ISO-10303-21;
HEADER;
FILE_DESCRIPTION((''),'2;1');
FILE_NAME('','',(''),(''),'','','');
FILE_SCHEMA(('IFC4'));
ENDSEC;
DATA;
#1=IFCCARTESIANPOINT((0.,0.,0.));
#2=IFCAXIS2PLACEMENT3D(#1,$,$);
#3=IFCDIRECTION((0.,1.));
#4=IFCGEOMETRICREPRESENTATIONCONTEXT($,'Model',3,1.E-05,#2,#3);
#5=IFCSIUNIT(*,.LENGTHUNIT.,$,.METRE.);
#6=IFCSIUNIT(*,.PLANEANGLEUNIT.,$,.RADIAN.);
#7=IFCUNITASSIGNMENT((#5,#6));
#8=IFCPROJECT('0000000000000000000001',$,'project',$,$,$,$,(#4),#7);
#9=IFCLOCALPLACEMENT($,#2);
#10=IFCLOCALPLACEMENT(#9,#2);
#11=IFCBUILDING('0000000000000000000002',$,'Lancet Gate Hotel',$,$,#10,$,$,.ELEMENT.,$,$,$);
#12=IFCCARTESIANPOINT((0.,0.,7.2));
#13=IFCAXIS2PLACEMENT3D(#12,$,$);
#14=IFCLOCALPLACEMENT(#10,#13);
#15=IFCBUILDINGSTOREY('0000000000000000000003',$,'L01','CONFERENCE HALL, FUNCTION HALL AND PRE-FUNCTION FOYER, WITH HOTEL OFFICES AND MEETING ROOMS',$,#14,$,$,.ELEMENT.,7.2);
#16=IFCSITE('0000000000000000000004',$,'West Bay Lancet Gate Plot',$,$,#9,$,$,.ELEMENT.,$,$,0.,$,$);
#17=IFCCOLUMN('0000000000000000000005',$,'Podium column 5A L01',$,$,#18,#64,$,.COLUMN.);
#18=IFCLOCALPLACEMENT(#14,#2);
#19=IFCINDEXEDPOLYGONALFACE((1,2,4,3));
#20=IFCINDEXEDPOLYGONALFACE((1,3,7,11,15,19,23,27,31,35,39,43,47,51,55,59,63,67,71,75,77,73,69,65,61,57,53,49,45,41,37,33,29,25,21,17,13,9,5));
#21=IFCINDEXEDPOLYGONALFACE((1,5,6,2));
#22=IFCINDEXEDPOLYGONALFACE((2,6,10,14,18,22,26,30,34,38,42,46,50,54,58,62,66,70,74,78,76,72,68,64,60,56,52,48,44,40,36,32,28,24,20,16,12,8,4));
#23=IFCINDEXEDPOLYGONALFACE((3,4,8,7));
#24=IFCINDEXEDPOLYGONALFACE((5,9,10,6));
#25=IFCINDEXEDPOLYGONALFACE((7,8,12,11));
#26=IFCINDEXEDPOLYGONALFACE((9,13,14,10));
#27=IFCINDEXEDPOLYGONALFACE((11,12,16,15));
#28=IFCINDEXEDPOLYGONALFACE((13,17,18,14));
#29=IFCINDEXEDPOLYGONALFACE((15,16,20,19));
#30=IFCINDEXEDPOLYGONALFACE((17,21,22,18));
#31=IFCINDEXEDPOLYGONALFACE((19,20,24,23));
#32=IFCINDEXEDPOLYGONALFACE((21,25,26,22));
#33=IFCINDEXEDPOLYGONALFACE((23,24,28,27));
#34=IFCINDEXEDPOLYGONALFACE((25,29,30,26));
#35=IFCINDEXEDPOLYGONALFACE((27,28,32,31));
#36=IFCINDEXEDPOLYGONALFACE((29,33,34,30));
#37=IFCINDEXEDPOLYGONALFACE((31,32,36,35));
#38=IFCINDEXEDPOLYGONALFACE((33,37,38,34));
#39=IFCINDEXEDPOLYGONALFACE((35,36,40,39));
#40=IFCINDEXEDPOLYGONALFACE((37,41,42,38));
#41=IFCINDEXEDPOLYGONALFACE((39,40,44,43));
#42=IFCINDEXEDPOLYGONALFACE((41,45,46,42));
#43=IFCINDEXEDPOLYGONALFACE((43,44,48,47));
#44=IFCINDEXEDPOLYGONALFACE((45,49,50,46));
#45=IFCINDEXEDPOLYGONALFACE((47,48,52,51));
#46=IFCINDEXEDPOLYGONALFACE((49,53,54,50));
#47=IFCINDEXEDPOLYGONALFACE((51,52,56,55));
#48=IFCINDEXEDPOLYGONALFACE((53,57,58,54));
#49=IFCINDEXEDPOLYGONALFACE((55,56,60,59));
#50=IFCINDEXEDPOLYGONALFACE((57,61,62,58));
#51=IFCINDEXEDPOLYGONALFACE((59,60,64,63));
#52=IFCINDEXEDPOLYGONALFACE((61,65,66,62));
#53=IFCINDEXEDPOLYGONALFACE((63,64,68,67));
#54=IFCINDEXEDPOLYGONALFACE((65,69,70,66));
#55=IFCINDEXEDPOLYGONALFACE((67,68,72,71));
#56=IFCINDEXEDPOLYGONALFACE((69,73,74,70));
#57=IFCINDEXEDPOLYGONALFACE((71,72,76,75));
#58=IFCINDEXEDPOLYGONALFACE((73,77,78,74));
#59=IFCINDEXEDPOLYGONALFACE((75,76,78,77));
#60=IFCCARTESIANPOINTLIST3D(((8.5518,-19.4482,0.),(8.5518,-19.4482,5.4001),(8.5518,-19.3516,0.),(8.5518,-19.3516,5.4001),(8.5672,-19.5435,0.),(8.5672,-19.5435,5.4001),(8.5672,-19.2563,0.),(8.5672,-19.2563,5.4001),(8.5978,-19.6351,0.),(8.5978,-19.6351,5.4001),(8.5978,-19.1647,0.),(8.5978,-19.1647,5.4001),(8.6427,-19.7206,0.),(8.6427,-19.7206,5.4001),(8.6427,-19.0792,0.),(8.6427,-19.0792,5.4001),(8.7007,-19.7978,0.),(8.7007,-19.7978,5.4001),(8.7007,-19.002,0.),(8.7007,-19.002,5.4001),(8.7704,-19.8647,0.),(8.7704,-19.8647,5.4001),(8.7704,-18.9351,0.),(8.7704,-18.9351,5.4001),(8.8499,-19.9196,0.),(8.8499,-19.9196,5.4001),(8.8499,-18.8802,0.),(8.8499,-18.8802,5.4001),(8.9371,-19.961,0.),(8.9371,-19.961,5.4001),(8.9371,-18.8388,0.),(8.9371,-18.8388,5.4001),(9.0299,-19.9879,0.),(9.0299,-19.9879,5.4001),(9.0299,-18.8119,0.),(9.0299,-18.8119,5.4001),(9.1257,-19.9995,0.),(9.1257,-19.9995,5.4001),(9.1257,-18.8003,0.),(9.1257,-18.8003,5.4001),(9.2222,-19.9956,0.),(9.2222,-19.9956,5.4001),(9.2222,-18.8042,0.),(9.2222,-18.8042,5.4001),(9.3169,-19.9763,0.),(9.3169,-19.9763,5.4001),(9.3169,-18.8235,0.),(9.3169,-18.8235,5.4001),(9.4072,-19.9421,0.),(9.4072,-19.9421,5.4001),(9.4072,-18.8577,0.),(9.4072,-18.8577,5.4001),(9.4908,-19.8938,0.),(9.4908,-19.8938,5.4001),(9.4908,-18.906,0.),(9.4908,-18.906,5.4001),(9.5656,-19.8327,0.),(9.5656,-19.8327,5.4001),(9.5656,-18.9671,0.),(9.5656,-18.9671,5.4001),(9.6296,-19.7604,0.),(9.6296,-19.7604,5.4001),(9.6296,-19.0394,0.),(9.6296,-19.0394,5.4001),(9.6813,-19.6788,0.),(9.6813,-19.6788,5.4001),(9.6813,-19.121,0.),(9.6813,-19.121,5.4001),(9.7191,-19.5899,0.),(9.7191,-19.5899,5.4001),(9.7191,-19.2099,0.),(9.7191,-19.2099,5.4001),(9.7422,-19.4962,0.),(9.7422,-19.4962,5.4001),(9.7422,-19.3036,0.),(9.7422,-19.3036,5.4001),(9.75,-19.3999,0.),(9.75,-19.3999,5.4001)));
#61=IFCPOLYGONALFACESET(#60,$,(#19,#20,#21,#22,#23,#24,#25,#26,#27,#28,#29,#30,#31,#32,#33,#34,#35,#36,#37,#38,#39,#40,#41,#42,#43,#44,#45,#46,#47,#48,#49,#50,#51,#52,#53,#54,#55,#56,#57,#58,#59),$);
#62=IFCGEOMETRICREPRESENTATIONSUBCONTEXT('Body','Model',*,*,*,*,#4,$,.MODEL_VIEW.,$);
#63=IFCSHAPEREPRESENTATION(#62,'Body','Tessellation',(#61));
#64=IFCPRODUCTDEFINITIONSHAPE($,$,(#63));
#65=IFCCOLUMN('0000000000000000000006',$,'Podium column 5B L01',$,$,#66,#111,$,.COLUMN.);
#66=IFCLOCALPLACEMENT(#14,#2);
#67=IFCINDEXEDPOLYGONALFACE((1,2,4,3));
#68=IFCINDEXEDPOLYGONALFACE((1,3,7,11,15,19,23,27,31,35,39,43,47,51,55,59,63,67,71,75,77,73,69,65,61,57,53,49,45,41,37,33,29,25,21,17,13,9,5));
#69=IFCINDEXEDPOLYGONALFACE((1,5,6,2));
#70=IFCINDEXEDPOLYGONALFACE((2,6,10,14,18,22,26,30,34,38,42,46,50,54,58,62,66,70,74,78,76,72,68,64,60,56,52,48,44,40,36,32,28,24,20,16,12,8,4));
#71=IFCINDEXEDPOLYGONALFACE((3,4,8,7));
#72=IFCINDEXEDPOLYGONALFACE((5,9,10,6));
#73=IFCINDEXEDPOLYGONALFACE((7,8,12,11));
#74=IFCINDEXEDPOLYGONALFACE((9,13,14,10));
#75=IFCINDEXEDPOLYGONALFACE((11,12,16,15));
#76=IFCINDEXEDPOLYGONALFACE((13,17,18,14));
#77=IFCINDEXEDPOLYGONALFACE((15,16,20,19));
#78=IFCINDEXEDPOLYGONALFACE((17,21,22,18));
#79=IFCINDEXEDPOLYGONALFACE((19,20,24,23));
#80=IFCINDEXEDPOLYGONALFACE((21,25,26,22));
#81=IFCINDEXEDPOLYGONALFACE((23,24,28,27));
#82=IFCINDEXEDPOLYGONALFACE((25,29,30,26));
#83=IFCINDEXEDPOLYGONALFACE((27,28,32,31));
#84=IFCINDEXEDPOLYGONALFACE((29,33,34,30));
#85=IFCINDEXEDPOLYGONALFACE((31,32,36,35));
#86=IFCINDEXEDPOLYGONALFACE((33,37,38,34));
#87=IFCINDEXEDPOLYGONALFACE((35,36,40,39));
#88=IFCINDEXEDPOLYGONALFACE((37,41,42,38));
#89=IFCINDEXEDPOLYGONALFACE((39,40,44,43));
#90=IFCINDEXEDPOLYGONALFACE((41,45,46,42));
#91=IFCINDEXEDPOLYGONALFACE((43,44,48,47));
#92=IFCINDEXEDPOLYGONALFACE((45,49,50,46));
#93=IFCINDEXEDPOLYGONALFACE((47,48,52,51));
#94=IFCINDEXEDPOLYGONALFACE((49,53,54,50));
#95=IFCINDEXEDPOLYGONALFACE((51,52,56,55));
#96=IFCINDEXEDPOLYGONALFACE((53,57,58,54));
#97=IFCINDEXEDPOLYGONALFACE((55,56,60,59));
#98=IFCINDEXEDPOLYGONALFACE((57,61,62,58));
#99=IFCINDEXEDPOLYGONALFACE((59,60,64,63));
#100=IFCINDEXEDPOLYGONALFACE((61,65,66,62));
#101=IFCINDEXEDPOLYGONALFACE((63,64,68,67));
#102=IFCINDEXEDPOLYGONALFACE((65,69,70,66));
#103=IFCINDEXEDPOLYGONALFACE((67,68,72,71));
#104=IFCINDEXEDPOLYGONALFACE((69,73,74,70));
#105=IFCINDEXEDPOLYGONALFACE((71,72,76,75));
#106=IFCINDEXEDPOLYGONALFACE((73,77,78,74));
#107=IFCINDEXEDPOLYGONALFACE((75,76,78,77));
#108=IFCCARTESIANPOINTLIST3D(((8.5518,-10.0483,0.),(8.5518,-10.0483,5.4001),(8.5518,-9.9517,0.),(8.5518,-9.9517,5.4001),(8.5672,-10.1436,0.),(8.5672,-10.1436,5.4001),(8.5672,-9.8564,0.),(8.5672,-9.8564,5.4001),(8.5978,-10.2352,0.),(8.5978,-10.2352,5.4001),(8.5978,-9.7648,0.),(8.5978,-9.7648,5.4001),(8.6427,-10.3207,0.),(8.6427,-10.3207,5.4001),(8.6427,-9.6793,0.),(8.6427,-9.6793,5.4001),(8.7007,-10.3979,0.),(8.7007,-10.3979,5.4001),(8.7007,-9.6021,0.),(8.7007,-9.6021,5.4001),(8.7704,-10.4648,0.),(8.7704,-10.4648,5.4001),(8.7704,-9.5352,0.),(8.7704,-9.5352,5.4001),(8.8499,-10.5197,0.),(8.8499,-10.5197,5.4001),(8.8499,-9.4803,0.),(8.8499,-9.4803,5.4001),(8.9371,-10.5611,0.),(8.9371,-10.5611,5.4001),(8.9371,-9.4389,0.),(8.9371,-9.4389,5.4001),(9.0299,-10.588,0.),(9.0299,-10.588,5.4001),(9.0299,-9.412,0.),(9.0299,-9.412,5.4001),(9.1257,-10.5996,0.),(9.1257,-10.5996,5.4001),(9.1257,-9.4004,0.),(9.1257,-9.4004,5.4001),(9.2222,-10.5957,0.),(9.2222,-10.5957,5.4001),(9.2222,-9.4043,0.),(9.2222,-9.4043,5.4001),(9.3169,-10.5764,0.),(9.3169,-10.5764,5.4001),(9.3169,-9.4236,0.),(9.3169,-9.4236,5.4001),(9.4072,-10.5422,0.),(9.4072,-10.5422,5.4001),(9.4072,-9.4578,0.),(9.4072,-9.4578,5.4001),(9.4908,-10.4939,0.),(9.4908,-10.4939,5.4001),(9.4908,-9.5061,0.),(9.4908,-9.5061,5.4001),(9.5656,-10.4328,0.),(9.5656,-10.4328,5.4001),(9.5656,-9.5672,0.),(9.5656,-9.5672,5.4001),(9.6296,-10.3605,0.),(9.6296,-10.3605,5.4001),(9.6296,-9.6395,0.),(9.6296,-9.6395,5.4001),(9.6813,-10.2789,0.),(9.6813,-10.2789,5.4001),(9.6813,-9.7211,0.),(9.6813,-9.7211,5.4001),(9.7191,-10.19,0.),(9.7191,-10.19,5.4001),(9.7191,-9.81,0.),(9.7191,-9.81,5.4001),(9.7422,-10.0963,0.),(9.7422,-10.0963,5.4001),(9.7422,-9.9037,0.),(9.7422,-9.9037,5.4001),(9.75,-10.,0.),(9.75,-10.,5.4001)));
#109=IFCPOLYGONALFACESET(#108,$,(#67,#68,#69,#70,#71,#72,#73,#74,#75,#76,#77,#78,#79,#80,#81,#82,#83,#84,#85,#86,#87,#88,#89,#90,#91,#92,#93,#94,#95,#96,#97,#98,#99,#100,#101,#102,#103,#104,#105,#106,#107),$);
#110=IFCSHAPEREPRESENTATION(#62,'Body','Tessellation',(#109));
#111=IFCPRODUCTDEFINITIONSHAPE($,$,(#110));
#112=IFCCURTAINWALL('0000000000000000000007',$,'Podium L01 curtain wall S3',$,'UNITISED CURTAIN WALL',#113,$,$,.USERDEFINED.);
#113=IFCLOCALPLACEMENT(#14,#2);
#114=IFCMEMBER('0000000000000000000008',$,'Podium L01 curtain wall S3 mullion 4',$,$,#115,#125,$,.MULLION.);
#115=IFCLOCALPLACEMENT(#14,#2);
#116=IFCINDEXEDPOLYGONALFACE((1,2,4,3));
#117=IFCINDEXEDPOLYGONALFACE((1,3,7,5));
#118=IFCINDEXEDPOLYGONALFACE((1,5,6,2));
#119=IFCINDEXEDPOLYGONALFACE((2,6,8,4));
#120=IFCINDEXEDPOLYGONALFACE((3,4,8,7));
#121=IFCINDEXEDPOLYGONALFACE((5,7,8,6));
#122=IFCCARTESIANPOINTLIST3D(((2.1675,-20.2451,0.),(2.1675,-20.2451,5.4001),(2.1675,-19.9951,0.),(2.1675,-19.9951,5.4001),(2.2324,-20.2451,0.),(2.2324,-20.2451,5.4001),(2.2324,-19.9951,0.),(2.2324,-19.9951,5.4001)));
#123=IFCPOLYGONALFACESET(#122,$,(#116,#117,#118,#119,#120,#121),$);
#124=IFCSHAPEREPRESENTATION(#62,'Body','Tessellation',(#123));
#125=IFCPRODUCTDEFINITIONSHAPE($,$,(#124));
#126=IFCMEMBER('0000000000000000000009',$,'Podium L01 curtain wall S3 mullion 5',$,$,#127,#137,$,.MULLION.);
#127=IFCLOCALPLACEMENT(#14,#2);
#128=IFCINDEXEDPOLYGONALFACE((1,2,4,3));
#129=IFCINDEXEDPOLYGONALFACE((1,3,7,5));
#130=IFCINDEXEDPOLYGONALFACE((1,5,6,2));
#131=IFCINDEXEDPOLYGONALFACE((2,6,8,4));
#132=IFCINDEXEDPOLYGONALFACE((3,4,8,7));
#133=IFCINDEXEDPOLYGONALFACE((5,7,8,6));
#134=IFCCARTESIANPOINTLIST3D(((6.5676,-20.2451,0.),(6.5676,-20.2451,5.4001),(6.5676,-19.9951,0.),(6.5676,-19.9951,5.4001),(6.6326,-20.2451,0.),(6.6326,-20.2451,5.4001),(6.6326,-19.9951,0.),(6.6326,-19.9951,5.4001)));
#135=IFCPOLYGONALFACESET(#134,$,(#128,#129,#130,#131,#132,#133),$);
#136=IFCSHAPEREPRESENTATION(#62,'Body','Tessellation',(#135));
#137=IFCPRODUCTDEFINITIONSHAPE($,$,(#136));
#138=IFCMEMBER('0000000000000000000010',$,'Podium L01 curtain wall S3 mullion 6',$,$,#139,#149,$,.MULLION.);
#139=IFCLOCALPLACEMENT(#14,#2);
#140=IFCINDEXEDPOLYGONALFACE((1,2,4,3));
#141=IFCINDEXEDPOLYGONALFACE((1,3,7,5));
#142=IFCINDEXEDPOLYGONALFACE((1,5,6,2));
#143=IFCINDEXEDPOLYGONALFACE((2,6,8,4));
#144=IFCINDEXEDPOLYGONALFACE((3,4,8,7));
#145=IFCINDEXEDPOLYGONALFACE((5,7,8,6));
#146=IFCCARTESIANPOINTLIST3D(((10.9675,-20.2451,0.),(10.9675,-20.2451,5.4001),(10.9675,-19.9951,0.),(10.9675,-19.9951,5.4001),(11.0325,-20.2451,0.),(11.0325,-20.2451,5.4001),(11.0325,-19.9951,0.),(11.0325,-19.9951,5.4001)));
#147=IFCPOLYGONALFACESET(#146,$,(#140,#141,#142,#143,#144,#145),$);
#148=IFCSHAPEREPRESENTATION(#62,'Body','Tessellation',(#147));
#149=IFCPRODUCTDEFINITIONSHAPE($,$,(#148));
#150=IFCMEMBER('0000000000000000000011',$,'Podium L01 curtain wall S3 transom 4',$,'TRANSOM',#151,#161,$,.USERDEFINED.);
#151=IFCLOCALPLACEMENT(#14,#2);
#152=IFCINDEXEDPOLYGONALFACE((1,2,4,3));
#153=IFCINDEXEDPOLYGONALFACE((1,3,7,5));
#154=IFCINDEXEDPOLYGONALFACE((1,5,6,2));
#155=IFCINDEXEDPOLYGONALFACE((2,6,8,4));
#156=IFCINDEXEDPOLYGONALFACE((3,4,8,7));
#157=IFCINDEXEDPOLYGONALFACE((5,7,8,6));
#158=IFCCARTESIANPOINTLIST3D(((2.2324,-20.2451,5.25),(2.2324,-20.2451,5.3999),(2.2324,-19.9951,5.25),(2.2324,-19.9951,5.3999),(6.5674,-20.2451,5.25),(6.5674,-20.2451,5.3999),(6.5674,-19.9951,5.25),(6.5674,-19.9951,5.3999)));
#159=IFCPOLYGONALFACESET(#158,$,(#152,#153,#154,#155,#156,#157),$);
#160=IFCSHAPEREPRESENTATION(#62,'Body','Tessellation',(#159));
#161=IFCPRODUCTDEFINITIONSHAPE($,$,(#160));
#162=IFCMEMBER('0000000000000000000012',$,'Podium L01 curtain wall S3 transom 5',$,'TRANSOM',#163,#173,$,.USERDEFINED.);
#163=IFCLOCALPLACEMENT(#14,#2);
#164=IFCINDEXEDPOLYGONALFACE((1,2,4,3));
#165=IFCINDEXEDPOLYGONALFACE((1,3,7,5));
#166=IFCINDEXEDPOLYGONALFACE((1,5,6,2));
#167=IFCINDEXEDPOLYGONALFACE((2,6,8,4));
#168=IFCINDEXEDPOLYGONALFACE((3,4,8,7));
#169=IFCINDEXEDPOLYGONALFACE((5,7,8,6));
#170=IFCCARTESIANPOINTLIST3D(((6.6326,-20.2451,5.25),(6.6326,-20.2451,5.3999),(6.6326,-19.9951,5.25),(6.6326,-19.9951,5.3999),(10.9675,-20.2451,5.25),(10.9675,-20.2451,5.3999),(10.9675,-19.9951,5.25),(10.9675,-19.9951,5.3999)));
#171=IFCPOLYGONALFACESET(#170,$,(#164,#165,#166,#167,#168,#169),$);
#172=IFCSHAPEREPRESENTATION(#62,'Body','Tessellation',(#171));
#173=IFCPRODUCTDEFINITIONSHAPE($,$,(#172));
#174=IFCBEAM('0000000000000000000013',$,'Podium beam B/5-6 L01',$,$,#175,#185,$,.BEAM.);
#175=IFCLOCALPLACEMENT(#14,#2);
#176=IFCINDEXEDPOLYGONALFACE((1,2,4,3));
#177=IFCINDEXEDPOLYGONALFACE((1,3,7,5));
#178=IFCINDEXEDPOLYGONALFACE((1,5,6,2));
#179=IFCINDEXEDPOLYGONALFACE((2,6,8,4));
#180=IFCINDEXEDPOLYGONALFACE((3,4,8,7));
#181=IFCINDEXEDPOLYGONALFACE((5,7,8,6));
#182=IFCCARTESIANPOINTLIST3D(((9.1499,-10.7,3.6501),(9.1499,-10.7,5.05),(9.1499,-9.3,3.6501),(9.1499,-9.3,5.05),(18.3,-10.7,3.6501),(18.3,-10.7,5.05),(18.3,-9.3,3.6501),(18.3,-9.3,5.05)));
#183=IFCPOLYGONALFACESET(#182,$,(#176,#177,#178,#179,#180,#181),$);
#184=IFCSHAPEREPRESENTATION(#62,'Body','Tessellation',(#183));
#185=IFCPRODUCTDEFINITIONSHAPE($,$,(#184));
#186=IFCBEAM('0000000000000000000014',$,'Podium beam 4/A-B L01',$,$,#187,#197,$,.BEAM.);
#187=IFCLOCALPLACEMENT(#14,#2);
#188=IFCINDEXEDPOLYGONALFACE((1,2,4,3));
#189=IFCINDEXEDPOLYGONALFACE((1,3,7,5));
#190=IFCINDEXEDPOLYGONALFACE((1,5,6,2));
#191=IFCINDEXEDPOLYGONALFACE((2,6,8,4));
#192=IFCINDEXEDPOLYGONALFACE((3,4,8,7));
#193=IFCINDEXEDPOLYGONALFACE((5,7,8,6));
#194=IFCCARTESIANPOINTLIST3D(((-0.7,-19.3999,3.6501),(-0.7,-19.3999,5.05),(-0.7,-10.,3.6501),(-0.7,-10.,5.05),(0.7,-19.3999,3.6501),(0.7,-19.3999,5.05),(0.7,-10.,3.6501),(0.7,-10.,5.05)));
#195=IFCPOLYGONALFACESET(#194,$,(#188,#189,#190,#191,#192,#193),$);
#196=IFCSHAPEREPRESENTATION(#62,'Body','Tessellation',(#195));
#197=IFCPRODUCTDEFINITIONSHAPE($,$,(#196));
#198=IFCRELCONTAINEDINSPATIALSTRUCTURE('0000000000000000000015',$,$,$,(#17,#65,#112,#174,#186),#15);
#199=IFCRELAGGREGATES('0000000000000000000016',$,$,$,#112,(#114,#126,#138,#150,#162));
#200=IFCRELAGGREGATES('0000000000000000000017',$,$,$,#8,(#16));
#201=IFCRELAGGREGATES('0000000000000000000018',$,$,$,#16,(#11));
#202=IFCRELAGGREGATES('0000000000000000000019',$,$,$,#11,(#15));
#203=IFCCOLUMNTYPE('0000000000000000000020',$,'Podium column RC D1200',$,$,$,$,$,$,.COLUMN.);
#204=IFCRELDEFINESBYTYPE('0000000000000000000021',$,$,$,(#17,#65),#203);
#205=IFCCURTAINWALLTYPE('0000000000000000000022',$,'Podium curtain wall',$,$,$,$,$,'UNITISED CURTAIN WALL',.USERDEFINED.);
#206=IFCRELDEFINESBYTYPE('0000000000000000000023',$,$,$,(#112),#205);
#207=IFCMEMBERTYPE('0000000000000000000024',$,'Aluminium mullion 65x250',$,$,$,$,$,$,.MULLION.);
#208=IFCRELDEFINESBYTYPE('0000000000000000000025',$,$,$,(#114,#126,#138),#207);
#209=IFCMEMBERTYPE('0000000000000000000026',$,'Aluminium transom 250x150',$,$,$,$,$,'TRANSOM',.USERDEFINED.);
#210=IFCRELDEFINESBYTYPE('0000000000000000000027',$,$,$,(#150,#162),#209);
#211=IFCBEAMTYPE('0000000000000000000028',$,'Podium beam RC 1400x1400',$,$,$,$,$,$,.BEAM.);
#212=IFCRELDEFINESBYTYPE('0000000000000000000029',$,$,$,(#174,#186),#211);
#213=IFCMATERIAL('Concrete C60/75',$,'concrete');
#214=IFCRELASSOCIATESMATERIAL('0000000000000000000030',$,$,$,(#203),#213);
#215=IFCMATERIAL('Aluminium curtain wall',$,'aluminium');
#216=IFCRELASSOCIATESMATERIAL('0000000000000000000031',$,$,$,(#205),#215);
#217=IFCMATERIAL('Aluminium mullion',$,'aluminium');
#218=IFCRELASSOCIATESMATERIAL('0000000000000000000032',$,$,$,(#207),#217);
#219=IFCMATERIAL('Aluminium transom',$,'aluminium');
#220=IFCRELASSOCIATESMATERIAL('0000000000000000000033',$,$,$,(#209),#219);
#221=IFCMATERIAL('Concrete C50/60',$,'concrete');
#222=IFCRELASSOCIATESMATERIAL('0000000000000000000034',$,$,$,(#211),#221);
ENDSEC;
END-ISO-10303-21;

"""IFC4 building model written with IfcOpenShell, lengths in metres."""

from ifc_helpers import new_model, si_unit, direction, frame, origin, origin_2d, place, context, subcontext, project, spatial, rectangle, circle, extrude, material, material_profile, profile_set, type_object, element, aggregate, save


model = new_model("IFC4")

# Units and contexts
model_context = context("Model", 3, precision=1e-05, world=origin(), true_north=direction((0.0, 1.0)))
body_context = subcontext(model_context, "Body", "Model", "MODEL_VIEW")
ifc_project = project(units=[si_unit("LENGTHUNIT", "METRE"), si_unit("PLANEANGLEUNIT", "RADIAN")], contexts=[model_context])

# Site, building, storey
site_placement = place(None, origin())
site = spatial("IfcSite", under=ifc_project, at=site_placement, Name="West Bay Lancet Gate Plot", CompositionType="ELEMENT", RefElevation=0.0)
building_placement = place(site_placement, origin())
building = spatial("IfcBuilding", under=site, at=building_placement, Name="Lancet Gate Hotel", CompositionType="ELEMENT")
storey_placement = place(building_placement, frame((0.0, 0.0, 7.2)))
storey = spatial("IfcBuildingStorey", under=building, at=storey_placement, Name="L01", Description="CONFERENCE HALL, FUNCTION HALL AND PRE-FUNCTION FOYER, WITH HOTEL OFFICES AND MEETING ROOMS", CompositionType="ELEMENT", Elevation=7.2)

# Columns
ifc_material_1 = material(Name="Concrete C60/75", Category="concrete")
ifc_material_profile_1 = material_profile(ifc_material_1, circle(Radius=0.6001, at=origin_2d()), Name="RC D1200")
ifc_profile_set_1 = profile_set([ifc_material_profile_1], Name="Concrete C60/75")
column_type = type_object("IfcColumnType", Name="Podium column RC D1200", PredefinedType="COLUMN", material=ifc_profile_set_1)
for number, where, z_axis, x_axis, name in (
    (1, (9.1499, -19.3999, 0.0), (0.0, 0.0, 1.0), (1.0, 0.0, 0.0), "Podium column 5A L01"),
    (2, (9.1499, -10.0, 0.0), (0.0, 0.0, 1.0), (1.0, 0.0, 0.0), "Podium column 5B L01"),
):
    element("IfcColumn", number, at=place(storey_placement, frame(where, z_axis=z_axis, x_axis=x_axis)), inside=storey, type_object=column_type, Name=name, PredefinedType="COLUMN", context=body_context, shape_type="SweptSolid", body=[
        extrude(circle(Radius=0.6001, at=origin_2d()), origin(), (0.0, 0.0, 1.0), 5.4001),
    ])

# Curtain wall, members
ifc_material_2 = material(Name="Aluminium curtain wall", Category="aluminium")
curtain_wall_type = type_object("IfcCurtainWallType", Name="Podium curtain wall", ElementType="UNITISED CURTAIN WALL", PredefinedType="USERDEFINED", material=ifc_material_2)
curtain_wall_placement = place(storey_placement, origin())
curtain_wall = element("IfcCurtainWall", 3, at=curtain_wall_placement, inside=storey, type_object=curtain_wall_type, Name="Podium L01 curtain wall S3", ObjectType="UNITISED CURTAIN WALL", PredefinedType="USERDEFINED")
ifc_material_3 = material(Name="Aluminium mullion", Category="aluminium")
ifc_material_profile_2 = material_profile(ifc_material_3, rectangle(XDim=0.0649, YDim=0.25, at=origin_2d()), Name="MULLION 65x250")
ifc_profile_set_2 = profile_set([ifc_material_profile_2], Name="Aluminium mullion")
member_type_1 = type_object("IfcMemberType", Name="Aluminium mullion 65x250", PredefinedType="MULLION", material=ifc_profile_set_2)
member_1_placement = place(storey_placement, frame((2.2, -20.1201, 0.0), z_axis=(0.0, 0.0, 1.0), x_axis=(1.0, 0.0, 0.0)))
member_1 = element("IfcMember", 4, at=member_1_placement, type_object=member_type_1, Name="Podium L01 curtain wall S3 mullion 4", PredefinedType="MULLION", context=body_context, shape_type="SweptSolid", body=[
    extrude(rectangle(XDim=0.0649, YDim=0.25, at=origin_2d()), origin(), (0.0, 0.0, 1.0), 5.4001),
])
member_2_placement = place(storey_placement, frame((6.6001, -20.1201, 0.0), z_axis=(0.0, 0.0, 1.0), x_axis=(1.0, 0.0, 0.0)))
member_2 = element("IfcMember", 5, at=member_2_placement, type_object=member_type_1, Name="Podium L01 curtain wall S3 mullion 5", PredefinedType="MULLION", context=body_context, shape_type="SweptSolid", body=[
    extrude(rectangle(XDim=0.0649, YDim=0.25, at=origin_2d()), origin(), (0.0, 0.0, 1.0), 5.4001),
])
member_3_placement = place(storey_placement, frame((11.0, -20.1201, 0.0), z_axis=(0.0, 0.0, 1.0), x_axis=(1.0, 0.0, 0.0)))
member_3 = element("IfcMember", 6, at=member_3_placement, type_object=member_type_1, Name="Podium L01 curtain wall S3 mullion 6", PredefinedType="MULLION", context=body_context, shape_type="SweptSolid", body=[
    extrude(rectangle(XDim=0.0649, YDim=0.25, at=origin_2d()), origin(), (0.0, 0.0, 1.0), 5.4001),
])
ifc_material_4 = material(Name="Aluminium transom", Category="aluminium")
ifc_material_profile_3 = material_profile(ifc_material_4, rectangle(XDim=0.25, YDim=0.1499, at=origin_2d()), Name="TRANSOM 250x150")
ifc_profile_set_3 = profile_set([ifc_material_profile_3], Name="Aluminium transom")
member_type_2 = type_object("IfcMemberType", Name="Aluminium transom 250x150", ElementType="TRANSOM", PredefinedType="USERDEFINED", material=ifc_profile_set_3)
member_4_placement = place(storey_placement, frame((2.2324, -20.1201, 5.325), z_axis=(1.0, 0.0, 0.0), x_axis=(0.0, 1.0, 0.0)))
member_4 = element("IfcMember", 7, at=member_4_placement, type_object=member_type_2, Name="Podium L01 curtain wall S3 transom 4", ObjectType="TRANSOM", PredefinedType="USERDEFINED", context=body_context, shape_type="SweptSolid", body=[
    extrude(rectangle(XDim=0.25, YDim=0.1499, at=origin_2d()), origin(), (0.0, 0.0, 1.0), 4.335),
])
member_5_placement = place(storey_placement, frame((6.6326, -20.1201, 5.325), z_axis=(1.0, 0.0, 0.0), x_axis=(0.0, 1.0, 0.0)))
member_5 = element("IfcMember", 8, at=member_5_placement, type_object=member_type_2, Name="Podium L01 curtain wall S3 transom 5", ObjectType="TRANSOM", PredefinedType="USERDEFINED", context=body_context, shape_type="SweptSolid", body=[
    extrude(rectangle(XDim=0.25, YDim=0.1499, at=origin_2d()), origin(), (0.0, 0.0, 1.0), 4.335),
])

# Beams
ifc_material_5 = material(Name="Concrete C50/60", Category="concrete")
ifc_material_profile_4 = material_profile(ifc_material_5, rectangle(XDim=1.3999, YDim=1.3999, at=origin_2d()), Name="RC 1400x1400")
ifc_profile_set_4 = profile_set([ifc_material_profile_4], Name="Concrete C50/60")
beam_type_1 = type_object("IfcBeamType", Name="Podium beam RC 1400x1400", PredefinedType="BEAM", material=ifc_profile_set_4)
beam_1_placement = place(storey_placement, frame((9.1499, -10.0, 4.3501), z_axis=(1.0, 0.0, 0.0), x_axis=(0.0, 1.0, 0.0)))
element("IfcBeam", 9, at=beam_1_placement, inside=storey, type_object=beam_type_1, Name="Podium beam B/5-6 L01", PredefinedType="BEAM", context=body_context, shape_type="SweptSolid", body=[
    extrude(rectangle(XDim=1.3999, YDim=1.3999, at=origin_2d()), origin(), (0.0, 0.0, 1.0), 9.1501),
])
beam_2_placement = place(storey_placement, frame((0.0, -19.3999, 4.3501), z_axis=(0.0, 1.0, 0.0), x_axis=(-1.0, 0.0, 0.0)))
element("IfcBeam", 10, at=beam_2_placement, inside=storey, type_object=beam_type_1, Name="Podium beam 4/A-B L01", PredefinedType="BEAM", context=body_context, shape_type="SweptSolid", body=[
    extrude(rectangle(XDim=1.3999, YDim=1.3999, at=origin_2d()), origin(), (0.0, 0.0, 1.0), 9.3999),
])

aggregate(curtain_wall, [member_1, member_2, member_3, member_4, member_5])

save(model, "model.ifc")
